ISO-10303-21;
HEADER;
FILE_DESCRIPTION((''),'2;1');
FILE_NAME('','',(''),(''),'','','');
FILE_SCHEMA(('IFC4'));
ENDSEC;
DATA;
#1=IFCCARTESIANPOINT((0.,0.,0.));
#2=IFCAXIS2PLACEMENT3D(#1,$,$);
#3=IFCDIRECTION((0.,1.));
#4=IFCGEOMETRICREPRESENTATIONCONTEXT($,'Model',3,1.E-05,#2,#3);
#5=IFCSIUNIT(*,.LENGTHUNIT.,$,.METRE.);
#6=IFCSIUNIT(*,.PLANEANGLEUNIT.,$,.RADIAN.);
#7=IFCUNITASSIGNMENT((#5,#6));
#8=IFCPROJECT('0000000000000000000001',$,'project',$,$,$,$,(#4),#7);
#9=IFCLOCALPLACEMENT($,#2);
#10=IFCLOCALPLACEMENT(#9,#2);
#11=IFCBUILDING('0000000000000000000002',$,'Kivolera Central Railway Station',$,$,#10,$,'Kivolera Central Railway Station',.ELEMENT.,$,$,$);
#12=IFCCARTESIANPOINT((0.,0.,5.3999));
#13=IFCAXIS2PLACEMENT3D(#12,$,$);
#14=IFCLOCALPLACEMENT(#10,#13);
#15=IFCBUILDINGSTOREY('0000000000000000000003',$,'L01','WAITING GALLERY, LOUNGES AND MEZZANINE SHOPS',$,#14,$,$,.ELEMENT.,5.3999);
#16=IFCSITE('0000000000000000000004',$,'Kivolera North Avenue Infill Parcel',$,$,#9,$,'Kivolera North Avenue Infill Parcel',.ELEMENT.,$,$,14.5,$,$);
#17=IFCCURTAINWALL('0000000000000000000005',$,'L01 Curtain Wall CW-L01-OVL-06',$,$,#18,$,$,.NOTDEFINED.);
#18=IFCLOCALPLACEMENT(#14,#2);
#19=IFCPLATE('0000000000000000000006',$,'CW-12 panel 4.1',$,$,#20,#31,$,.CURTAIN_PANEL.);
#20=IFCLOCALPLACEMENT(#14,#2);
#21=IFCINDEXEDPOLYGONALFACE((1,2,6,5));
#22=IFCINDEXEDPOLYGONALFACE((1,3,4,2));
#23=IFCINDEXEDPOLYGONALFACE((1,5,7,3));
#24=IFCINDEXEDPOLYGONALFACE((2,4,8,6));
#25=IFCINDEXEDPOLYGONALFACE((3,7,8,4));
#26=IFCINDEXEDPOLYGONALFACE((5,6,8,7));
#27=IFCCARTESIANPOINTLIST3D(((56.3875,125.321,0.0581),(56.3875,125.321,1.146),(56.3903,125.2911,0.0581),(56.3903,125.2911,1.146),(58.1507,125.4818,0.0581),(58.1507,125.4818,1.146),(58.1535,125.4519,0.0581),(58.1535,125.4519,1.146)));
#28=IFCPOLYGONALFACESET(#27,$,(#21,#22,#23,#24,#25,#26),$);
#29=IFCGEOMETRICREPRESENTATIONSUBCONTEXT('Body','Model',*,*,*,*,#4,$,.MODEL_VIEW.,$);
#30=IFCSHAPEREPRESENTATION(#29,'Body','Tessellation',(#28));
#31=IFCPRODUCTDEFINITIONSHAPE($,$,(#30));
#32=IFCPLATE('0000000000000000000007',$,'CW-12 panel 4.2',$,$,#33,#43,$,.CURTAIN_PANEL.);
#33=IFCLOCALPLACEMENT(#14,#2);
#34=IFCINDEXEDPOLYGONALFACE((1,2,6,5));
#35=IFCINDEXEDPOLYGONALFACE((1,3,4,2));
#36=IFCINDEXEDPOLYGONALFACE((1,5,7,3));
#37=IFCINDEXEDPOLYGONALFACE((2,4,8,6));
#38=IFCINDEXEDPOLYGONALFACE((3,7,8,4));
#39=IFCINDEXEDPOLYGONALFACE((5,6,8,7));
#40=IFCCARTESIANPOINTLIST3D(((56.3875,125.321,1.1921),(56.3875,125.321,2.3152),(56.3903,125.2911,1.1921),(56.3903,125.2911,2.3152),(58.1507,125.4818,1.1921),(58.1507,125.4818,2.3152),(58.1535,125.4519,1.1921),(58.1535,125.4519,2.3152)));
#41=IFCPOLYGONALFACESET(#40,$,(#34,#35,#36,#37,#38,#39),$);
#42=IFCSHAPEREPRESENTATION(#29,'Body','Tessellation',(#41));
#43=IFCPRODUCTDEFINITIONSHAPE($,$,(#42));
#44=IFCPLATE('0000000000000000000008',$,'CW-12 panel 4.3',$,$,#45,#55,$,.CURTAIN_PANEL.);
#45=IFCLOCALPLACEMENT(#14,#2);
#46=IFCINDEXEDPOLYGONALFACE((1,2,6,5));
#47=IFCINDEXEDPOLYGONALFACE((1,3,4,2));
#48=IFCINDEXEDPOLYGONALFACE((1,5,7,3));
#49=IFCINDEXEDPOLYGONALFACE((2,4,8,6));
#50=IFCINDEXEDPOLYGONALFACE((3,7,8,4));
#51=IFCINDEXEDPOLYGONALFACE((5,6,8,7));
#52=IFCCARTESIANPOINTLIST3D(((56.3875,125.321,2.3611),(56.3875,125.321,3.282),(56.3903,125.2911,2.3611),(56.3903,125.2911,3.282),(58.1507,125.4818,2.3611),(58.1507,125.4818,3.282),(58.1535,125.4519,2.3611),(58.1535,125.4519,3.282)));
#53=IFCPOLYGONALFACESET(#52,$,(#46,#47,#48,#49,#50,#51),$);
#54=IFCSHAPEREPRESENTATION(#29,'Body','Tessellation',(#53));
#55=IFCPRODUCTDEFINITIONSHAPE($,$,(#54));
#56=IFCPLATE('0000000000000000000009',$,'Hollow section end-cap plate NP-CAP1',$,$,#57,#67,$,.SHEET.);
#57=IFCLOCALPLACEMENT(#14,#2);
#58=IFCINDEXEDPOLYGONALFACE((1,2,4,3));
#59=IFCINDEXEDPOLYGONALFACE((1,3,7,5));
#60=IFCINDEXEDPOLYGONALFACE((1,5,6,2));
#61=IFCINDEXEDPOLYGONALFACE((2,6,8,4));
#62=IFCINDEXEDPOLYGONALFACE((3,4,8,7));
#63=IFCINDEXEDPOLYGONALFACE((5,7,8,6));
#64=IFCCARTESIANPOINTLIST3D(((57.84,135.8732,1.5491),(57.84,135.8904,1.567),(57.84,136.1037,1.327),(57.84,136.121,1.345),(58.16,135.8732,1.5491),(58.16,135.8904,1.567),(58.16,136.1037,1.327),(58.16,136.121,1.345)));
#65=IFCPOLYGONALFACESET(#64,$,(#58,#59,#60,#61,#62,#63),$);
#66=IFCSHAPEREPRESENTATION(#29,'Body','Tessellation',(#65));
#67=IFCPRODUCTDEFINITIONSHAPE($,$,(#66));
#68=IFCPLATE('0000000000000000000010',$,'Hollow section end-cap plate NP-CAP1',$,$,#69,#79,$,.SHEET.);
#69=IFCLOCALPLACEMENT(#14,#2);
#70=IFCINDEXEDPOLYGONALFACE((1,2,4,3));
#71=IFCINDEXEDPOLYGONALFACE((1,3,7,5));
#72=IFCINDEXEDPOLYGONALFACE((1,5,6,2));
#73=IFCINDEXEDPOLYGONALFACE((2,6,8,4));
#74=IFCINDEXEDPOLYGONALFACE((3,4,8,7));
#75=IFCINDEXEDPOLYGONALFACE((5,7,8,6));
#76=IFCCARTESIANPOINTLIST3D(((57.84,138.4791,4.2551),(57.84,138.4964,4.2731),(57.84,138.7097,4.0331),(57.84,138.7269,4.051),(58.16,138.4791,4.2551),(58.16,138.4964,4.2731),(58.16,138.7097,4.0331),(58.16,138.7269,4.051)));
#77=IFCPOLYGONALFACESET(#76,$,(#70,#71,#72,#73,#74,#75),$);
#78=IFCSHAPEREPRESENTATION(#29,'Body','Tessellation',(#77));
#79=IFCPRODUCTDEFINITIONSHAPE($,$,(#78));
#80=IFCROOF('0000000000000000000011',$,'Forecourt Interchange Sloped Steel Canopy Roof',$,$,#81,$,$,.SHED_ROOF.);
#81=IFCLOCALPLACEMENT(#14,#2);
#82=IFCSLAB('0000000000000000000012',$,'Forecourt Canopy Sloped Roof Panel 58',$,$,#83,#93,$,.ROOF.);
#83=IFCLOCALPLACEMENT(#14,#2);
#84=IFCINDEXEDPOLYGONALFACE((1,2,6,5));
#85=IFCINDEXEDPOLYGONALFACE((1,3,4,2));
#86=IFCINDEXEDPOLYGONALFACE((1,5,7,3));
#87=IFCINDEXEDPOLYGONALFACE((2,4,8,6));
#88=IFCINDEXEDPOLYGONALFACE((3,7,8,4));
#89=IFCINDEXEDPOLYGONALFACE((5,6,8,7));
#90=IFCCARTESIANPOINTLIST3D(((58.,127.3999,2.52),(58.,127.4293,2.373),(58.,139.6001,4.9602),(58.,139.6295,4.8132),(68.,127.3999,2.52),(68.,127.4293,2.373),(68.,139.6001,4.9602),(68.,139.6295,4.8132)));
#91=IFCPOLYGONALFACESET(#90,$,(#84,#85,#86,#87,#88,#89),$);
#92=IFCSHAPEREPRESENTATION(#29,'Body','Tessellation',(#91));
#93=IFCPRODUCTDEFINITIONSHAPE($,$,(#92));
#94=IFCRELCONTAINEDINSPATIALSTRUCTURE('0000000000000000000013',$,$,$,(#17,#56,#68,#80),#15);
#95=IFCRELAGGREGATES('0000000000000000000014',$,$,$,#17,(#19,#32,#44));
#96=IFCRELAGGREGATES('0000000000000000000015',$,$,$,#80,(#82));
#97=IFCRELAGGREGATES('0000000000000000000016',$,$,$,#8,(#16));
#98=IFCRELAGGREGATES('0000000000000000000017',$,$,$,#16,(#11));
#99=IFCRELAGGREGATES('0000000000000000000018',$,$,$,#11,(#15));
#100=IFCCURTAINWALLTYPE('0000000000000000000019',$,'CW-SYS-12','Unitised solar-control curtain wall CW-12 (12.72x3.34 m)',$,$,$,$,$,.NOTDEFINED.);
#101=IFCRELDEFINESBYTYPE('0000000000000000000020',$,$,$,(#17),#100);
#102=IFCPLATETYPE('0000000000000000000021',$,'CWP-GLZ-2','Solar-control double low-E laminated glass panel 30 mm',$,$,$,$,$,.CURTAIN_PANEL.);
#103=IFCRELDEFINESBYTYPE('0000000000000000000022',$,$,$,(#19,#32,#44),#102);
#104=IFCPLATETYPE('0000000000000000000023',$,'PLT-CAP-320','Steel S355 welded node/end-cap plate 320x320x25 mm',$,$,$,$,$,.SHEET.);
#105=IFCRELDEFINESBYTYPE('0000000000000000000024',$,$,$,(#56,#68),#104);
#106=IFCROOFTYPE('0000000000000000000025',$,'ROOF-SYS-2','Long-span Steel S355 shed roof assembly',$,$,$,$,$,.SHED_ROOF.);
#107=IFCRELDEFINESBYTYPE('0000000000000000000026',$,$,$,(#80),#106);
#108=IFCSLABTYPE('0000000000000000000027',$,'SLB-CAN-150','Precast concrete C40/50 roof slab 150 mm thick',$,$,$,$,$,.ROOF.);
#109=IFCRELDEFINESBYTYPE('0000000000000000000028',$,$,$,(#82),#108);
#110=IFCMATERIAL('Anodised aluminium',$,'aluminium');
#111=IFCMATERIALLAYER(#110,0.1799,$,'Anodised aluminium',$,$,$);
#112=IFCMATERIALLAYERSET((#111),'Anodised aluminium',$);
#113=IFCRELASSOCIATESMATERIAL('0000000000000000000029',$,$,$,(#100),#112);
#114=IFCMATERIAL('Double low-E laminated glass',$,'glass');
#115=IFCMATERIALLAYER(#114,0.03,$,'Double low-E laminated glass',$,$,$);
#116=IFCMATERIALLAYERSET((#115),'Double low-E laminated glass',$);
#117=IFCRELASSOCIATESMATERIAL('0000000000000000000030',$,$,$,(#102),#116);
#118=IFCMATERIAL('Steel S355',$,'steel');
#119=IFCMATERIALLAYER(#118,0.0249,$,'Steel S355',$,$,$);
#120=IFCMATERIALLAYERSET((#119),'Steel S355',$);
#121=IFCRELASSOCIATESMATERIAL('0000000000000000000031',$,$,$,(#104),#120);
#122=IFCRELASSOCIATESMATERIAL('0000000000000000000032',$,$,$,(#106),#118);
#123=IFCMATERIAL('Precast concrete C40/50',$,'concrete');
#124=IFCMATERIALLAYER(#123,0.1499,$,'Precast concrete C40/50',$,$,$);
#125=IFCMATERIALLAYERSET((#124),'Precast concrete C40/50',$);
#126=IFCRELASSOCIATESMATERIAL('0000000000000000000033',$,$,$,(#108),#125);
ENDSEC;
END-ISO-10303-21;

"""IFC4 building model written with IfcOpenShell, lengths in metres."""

from ifc_helpers import new_model, si_unit, direction, frame, origin, origin_2d, place, context, subcontext, project, spatial, polyline, rectangle, outline, extrude, material, layer, layer_set, type_object, element, aggregate, save


model = new_model("IFC4")

# Units and contexts
model_context = context("Model", 3, precision=1e-05, world=origin(), true_north=direction((0.0, 1.0)))
body_context = subcontext(model_context, "Body", "Model", "MODEL_VIEW")
ifc_project = project(units=[si_unit("LENGTHUNIT", "METRE"), si_unit("PLANEANGLEUNIT", "RADIAN")], contexts=[model_context])

# Site, building, storey
site_placement = place(None, origin())
site = spatial("IfcSite", under=ifc_project, at=site_placement, Name="Kivolera North Avenue Infill Parcel", LongName="Kivolera North Avenue Infill Parcel", CompositionType="ELEMENT", RefElevation=14.5)
building_placement = place(site_placement, origin())
building = spatial("IfcBuilding", under=site, at=building_placement, Name="Kivolera Central Railway Station", LongName="Kivolera Central Railway Station", CompositionType="ELEMENT")
storey_placement = place(building_placement, frame((0.0, 0.0, 5.3999)))
storey = spatial("IfcBuildingStorey", under=building, at=storey_placement, Name="L01", Description="WAITING GALLERY, LOUNGES AND MEZZANINE SHOPS", CompositionType="ELEMENT", Elevation=5.3999)

# Shared definitions
ifc_material_1 = material(Name="Steel S355", Category="steel")

# Curtain wall
ifc_material_2 = material(Name="Anodised aluminium", Category="aluminium")
ifc_layer_1 = layer(ifc_material_2, 0.1799, Name="Anodised aluminium")
ifc_layer_set_1 = layer_set([ifc_layer_1], Name="Anodised aluminium")
curtain_wall_type = type_object("IfcCurtainWallType", Name="CW-SYS-12", Description="Unitised solar-control curtain wall CW-12 (12.72x3.34 m)", PredefinedType="NOTDEFINED", material=ifc_layer_set_1)
curtain_wall_placement = place(storey_placement, origin())
curtain_wall = element("IfcCurtainWall", 1, at=curtain_wall_placement, inside=storey, type_object=curtain_wall_type, Name="L01 Curtain Wall CW-L01-OVL-06", PredefinedType="NOTDEFINED")

# Plates
ifc_material_3 = material(Name="Double low-E laminated glass", Category="glass")
ifc_layer_2 = layer(ifc_material_3, 0.03, Name="Double low-E laminated glass")
ifc_layer_set_2 = layer_set([ifc_layer_2], Name="Double low-E laminated glass")
plate_type_1 = type_object("IfcPlateType", Name="CWP-GLZ-2", Description="Solar-control double low-E laminated glass panel 30 mm", PredefinedType="CURTAIN_PANEL", material=ifc_layer_set_2)
plate_1_placement = place(storey_placement, frame((57.2705, 125.3865, 0.0581), z_axis=(0.0, 0.0, 1.0), x_axis=(0.995866, 0.090834, 0.0)))
plate_1 = element("IfcPlate", 2, at=plate_1_placement, type_object=plate_type_1, Name="CW-12 panel 4.1", PredefinedType="CURTAIN_PANEL", context=body_context, shape_type="SweptSolid", body=[
    extrude(rectangle(XDim=1.7705, YDim=0.03, at=origin_2d()), origin(), (0.0, 0.0, 1.0), 1.0879),
])
plate_2_placement = place(storey_placement, frame((57.2705, 125.3865, 1.1921), z_axis=(0.0, 0.0, 1.0), x_axis=(0.995866, 0.090834, 0.0)))
plate_2 = element("IfcPlate", 3, at=plate_2_placement, type_object=plate_type_1, Name="CW-12 panel 4.2", PredefinedType="CURTAIN_PANEL", context=body_context, shape_type="SweptSolid", body=[
    extrude(rectangle(XDim=1.7705, YDim=0.03, at=origin_2d()), origin(), (0.0, 0.0, 1.0), 1.123),
])
plate_3_placement = place(storey_placement, frame((57.2705, 125.3865, 2.3611), z_axis=(0.0, 0.0, 1.0), x_axis=(0.995866, 0.090834, 0.0)))
plate_3 = element("IfcPlate", 4, at=plate_3_placement, type_object=plate_type_1, Name="CW-12 panel 4.3", PredefinedType="CURTAIN_PANEL", context=body_context, shape_type="SweptSolid", body=[
    extrude(rectangle(XDim=1.7705, YDim=0.03, at=origin_2d()), origin(), (0.0, 0.0, 1.0), 0.9209),
])
aggregate(curtain_wall, [plate_1, plate_2, plate_3])

# Plates
ifc_layer_3 = layer(ifc_material_1, 0.0249, Name="Steel S355")
ifc_layer_set_3 = layer_set([ifc_layer_3], Name="Steel S355")
plate_type_2 = type_object("IfcPlateType", Name="PLT-CAP-320", Description="Steel S355 welded node/end-cap plate 320x320x25 mm", PredefinedType="SHEET", material=ifc_layer_set_3)
for number, where, z_axis, x_axis, name in (
    (5, (58.0, 135.9971, 1.447), (0.0, 0.693642, 0.72032), (-1.0, 0.0, 0.0), "Hollow section end-cap plate NP-CAP1"),
    (6, (58.0, 138.603, 4.1531), (0.0, 0.693642, 0.72032), (-1.0, 0.0, 0.0), "Hollow section end-cap plate NP-CAP1"),
):
    element("IfcPlate", number, at=place(storey_placement, frame(where, z_axis=z_axis, x_axis=x_axis)), inside=storey, type_object=plate_type_2, Name=name, PredefinedType="SHEET", context=body_context, shape_type="SweptSolid", body=[
        extrude(rectangle(XDim=0.3201, YDim=0.3201, at=origin_2d()), frame((0.0, 0.0, -0.0125)), (0.0, 0.0, 1.0), 0.0249),
    ])

# Roof, slab
roof_type = type_object("IfcRoofType", Name="ROOF-SYS-2", Description="Long-span Steel S355 shed roof assembly", PredefinedType="SHED_ROOF", material=ifc_material_1)
roof_placement = place(storey_placement, origin())
roof = element("IfcRoof", 7, at=roof_placement, inside=storey, type_object=roof_type, Name="Forecourt Interchange Sloped Steel Canopy Roof", PredefinedType="SHED_ROOF")
ifc_material_4 = material(Name="Precast concrete C40/50", Category="concrete")
ifc_layer_4 = layer(ifc_material_4, 0.1499, Name="Precast concrete C40/50")
ifc_layer_set_4 = layer_set([ifc_layer_4], Name="Precast concrete C40/50")
slab_type = type_object("IfcSlabType", Name="SLB-CAN-150", Description="Precast concrete C40/50 roof slab 150 mm thick", PredefinedType="ROOF", material=ifc_layer_set_4)
slab_placement = place(storey_placement, frame((58.0, 127.3999, 2.52), z_axis=(0.0, -0.196127, 0.980578), x_axis=(1.0, 0.0, 0.0)))
slab = element("IfcSlab", 8, at=slab_placement, type_object=slab_type, Name="Forecourt Canopy Sloped Roof Panel 58", PredefinedType="ROOF", context=body_context, shape_type="SweptSolid", body=[
    extrude(outline(polyline([(0.0, 0.0), (10.0, 0.0), (10.0, 12.4418), (0.0, 12.4418), (0.0, 0.0)])), origin(), (0.0, 0.0, -1.0), 0.1499),
])
aggregate(roof, [slab])

save(model, "model.ifc")
